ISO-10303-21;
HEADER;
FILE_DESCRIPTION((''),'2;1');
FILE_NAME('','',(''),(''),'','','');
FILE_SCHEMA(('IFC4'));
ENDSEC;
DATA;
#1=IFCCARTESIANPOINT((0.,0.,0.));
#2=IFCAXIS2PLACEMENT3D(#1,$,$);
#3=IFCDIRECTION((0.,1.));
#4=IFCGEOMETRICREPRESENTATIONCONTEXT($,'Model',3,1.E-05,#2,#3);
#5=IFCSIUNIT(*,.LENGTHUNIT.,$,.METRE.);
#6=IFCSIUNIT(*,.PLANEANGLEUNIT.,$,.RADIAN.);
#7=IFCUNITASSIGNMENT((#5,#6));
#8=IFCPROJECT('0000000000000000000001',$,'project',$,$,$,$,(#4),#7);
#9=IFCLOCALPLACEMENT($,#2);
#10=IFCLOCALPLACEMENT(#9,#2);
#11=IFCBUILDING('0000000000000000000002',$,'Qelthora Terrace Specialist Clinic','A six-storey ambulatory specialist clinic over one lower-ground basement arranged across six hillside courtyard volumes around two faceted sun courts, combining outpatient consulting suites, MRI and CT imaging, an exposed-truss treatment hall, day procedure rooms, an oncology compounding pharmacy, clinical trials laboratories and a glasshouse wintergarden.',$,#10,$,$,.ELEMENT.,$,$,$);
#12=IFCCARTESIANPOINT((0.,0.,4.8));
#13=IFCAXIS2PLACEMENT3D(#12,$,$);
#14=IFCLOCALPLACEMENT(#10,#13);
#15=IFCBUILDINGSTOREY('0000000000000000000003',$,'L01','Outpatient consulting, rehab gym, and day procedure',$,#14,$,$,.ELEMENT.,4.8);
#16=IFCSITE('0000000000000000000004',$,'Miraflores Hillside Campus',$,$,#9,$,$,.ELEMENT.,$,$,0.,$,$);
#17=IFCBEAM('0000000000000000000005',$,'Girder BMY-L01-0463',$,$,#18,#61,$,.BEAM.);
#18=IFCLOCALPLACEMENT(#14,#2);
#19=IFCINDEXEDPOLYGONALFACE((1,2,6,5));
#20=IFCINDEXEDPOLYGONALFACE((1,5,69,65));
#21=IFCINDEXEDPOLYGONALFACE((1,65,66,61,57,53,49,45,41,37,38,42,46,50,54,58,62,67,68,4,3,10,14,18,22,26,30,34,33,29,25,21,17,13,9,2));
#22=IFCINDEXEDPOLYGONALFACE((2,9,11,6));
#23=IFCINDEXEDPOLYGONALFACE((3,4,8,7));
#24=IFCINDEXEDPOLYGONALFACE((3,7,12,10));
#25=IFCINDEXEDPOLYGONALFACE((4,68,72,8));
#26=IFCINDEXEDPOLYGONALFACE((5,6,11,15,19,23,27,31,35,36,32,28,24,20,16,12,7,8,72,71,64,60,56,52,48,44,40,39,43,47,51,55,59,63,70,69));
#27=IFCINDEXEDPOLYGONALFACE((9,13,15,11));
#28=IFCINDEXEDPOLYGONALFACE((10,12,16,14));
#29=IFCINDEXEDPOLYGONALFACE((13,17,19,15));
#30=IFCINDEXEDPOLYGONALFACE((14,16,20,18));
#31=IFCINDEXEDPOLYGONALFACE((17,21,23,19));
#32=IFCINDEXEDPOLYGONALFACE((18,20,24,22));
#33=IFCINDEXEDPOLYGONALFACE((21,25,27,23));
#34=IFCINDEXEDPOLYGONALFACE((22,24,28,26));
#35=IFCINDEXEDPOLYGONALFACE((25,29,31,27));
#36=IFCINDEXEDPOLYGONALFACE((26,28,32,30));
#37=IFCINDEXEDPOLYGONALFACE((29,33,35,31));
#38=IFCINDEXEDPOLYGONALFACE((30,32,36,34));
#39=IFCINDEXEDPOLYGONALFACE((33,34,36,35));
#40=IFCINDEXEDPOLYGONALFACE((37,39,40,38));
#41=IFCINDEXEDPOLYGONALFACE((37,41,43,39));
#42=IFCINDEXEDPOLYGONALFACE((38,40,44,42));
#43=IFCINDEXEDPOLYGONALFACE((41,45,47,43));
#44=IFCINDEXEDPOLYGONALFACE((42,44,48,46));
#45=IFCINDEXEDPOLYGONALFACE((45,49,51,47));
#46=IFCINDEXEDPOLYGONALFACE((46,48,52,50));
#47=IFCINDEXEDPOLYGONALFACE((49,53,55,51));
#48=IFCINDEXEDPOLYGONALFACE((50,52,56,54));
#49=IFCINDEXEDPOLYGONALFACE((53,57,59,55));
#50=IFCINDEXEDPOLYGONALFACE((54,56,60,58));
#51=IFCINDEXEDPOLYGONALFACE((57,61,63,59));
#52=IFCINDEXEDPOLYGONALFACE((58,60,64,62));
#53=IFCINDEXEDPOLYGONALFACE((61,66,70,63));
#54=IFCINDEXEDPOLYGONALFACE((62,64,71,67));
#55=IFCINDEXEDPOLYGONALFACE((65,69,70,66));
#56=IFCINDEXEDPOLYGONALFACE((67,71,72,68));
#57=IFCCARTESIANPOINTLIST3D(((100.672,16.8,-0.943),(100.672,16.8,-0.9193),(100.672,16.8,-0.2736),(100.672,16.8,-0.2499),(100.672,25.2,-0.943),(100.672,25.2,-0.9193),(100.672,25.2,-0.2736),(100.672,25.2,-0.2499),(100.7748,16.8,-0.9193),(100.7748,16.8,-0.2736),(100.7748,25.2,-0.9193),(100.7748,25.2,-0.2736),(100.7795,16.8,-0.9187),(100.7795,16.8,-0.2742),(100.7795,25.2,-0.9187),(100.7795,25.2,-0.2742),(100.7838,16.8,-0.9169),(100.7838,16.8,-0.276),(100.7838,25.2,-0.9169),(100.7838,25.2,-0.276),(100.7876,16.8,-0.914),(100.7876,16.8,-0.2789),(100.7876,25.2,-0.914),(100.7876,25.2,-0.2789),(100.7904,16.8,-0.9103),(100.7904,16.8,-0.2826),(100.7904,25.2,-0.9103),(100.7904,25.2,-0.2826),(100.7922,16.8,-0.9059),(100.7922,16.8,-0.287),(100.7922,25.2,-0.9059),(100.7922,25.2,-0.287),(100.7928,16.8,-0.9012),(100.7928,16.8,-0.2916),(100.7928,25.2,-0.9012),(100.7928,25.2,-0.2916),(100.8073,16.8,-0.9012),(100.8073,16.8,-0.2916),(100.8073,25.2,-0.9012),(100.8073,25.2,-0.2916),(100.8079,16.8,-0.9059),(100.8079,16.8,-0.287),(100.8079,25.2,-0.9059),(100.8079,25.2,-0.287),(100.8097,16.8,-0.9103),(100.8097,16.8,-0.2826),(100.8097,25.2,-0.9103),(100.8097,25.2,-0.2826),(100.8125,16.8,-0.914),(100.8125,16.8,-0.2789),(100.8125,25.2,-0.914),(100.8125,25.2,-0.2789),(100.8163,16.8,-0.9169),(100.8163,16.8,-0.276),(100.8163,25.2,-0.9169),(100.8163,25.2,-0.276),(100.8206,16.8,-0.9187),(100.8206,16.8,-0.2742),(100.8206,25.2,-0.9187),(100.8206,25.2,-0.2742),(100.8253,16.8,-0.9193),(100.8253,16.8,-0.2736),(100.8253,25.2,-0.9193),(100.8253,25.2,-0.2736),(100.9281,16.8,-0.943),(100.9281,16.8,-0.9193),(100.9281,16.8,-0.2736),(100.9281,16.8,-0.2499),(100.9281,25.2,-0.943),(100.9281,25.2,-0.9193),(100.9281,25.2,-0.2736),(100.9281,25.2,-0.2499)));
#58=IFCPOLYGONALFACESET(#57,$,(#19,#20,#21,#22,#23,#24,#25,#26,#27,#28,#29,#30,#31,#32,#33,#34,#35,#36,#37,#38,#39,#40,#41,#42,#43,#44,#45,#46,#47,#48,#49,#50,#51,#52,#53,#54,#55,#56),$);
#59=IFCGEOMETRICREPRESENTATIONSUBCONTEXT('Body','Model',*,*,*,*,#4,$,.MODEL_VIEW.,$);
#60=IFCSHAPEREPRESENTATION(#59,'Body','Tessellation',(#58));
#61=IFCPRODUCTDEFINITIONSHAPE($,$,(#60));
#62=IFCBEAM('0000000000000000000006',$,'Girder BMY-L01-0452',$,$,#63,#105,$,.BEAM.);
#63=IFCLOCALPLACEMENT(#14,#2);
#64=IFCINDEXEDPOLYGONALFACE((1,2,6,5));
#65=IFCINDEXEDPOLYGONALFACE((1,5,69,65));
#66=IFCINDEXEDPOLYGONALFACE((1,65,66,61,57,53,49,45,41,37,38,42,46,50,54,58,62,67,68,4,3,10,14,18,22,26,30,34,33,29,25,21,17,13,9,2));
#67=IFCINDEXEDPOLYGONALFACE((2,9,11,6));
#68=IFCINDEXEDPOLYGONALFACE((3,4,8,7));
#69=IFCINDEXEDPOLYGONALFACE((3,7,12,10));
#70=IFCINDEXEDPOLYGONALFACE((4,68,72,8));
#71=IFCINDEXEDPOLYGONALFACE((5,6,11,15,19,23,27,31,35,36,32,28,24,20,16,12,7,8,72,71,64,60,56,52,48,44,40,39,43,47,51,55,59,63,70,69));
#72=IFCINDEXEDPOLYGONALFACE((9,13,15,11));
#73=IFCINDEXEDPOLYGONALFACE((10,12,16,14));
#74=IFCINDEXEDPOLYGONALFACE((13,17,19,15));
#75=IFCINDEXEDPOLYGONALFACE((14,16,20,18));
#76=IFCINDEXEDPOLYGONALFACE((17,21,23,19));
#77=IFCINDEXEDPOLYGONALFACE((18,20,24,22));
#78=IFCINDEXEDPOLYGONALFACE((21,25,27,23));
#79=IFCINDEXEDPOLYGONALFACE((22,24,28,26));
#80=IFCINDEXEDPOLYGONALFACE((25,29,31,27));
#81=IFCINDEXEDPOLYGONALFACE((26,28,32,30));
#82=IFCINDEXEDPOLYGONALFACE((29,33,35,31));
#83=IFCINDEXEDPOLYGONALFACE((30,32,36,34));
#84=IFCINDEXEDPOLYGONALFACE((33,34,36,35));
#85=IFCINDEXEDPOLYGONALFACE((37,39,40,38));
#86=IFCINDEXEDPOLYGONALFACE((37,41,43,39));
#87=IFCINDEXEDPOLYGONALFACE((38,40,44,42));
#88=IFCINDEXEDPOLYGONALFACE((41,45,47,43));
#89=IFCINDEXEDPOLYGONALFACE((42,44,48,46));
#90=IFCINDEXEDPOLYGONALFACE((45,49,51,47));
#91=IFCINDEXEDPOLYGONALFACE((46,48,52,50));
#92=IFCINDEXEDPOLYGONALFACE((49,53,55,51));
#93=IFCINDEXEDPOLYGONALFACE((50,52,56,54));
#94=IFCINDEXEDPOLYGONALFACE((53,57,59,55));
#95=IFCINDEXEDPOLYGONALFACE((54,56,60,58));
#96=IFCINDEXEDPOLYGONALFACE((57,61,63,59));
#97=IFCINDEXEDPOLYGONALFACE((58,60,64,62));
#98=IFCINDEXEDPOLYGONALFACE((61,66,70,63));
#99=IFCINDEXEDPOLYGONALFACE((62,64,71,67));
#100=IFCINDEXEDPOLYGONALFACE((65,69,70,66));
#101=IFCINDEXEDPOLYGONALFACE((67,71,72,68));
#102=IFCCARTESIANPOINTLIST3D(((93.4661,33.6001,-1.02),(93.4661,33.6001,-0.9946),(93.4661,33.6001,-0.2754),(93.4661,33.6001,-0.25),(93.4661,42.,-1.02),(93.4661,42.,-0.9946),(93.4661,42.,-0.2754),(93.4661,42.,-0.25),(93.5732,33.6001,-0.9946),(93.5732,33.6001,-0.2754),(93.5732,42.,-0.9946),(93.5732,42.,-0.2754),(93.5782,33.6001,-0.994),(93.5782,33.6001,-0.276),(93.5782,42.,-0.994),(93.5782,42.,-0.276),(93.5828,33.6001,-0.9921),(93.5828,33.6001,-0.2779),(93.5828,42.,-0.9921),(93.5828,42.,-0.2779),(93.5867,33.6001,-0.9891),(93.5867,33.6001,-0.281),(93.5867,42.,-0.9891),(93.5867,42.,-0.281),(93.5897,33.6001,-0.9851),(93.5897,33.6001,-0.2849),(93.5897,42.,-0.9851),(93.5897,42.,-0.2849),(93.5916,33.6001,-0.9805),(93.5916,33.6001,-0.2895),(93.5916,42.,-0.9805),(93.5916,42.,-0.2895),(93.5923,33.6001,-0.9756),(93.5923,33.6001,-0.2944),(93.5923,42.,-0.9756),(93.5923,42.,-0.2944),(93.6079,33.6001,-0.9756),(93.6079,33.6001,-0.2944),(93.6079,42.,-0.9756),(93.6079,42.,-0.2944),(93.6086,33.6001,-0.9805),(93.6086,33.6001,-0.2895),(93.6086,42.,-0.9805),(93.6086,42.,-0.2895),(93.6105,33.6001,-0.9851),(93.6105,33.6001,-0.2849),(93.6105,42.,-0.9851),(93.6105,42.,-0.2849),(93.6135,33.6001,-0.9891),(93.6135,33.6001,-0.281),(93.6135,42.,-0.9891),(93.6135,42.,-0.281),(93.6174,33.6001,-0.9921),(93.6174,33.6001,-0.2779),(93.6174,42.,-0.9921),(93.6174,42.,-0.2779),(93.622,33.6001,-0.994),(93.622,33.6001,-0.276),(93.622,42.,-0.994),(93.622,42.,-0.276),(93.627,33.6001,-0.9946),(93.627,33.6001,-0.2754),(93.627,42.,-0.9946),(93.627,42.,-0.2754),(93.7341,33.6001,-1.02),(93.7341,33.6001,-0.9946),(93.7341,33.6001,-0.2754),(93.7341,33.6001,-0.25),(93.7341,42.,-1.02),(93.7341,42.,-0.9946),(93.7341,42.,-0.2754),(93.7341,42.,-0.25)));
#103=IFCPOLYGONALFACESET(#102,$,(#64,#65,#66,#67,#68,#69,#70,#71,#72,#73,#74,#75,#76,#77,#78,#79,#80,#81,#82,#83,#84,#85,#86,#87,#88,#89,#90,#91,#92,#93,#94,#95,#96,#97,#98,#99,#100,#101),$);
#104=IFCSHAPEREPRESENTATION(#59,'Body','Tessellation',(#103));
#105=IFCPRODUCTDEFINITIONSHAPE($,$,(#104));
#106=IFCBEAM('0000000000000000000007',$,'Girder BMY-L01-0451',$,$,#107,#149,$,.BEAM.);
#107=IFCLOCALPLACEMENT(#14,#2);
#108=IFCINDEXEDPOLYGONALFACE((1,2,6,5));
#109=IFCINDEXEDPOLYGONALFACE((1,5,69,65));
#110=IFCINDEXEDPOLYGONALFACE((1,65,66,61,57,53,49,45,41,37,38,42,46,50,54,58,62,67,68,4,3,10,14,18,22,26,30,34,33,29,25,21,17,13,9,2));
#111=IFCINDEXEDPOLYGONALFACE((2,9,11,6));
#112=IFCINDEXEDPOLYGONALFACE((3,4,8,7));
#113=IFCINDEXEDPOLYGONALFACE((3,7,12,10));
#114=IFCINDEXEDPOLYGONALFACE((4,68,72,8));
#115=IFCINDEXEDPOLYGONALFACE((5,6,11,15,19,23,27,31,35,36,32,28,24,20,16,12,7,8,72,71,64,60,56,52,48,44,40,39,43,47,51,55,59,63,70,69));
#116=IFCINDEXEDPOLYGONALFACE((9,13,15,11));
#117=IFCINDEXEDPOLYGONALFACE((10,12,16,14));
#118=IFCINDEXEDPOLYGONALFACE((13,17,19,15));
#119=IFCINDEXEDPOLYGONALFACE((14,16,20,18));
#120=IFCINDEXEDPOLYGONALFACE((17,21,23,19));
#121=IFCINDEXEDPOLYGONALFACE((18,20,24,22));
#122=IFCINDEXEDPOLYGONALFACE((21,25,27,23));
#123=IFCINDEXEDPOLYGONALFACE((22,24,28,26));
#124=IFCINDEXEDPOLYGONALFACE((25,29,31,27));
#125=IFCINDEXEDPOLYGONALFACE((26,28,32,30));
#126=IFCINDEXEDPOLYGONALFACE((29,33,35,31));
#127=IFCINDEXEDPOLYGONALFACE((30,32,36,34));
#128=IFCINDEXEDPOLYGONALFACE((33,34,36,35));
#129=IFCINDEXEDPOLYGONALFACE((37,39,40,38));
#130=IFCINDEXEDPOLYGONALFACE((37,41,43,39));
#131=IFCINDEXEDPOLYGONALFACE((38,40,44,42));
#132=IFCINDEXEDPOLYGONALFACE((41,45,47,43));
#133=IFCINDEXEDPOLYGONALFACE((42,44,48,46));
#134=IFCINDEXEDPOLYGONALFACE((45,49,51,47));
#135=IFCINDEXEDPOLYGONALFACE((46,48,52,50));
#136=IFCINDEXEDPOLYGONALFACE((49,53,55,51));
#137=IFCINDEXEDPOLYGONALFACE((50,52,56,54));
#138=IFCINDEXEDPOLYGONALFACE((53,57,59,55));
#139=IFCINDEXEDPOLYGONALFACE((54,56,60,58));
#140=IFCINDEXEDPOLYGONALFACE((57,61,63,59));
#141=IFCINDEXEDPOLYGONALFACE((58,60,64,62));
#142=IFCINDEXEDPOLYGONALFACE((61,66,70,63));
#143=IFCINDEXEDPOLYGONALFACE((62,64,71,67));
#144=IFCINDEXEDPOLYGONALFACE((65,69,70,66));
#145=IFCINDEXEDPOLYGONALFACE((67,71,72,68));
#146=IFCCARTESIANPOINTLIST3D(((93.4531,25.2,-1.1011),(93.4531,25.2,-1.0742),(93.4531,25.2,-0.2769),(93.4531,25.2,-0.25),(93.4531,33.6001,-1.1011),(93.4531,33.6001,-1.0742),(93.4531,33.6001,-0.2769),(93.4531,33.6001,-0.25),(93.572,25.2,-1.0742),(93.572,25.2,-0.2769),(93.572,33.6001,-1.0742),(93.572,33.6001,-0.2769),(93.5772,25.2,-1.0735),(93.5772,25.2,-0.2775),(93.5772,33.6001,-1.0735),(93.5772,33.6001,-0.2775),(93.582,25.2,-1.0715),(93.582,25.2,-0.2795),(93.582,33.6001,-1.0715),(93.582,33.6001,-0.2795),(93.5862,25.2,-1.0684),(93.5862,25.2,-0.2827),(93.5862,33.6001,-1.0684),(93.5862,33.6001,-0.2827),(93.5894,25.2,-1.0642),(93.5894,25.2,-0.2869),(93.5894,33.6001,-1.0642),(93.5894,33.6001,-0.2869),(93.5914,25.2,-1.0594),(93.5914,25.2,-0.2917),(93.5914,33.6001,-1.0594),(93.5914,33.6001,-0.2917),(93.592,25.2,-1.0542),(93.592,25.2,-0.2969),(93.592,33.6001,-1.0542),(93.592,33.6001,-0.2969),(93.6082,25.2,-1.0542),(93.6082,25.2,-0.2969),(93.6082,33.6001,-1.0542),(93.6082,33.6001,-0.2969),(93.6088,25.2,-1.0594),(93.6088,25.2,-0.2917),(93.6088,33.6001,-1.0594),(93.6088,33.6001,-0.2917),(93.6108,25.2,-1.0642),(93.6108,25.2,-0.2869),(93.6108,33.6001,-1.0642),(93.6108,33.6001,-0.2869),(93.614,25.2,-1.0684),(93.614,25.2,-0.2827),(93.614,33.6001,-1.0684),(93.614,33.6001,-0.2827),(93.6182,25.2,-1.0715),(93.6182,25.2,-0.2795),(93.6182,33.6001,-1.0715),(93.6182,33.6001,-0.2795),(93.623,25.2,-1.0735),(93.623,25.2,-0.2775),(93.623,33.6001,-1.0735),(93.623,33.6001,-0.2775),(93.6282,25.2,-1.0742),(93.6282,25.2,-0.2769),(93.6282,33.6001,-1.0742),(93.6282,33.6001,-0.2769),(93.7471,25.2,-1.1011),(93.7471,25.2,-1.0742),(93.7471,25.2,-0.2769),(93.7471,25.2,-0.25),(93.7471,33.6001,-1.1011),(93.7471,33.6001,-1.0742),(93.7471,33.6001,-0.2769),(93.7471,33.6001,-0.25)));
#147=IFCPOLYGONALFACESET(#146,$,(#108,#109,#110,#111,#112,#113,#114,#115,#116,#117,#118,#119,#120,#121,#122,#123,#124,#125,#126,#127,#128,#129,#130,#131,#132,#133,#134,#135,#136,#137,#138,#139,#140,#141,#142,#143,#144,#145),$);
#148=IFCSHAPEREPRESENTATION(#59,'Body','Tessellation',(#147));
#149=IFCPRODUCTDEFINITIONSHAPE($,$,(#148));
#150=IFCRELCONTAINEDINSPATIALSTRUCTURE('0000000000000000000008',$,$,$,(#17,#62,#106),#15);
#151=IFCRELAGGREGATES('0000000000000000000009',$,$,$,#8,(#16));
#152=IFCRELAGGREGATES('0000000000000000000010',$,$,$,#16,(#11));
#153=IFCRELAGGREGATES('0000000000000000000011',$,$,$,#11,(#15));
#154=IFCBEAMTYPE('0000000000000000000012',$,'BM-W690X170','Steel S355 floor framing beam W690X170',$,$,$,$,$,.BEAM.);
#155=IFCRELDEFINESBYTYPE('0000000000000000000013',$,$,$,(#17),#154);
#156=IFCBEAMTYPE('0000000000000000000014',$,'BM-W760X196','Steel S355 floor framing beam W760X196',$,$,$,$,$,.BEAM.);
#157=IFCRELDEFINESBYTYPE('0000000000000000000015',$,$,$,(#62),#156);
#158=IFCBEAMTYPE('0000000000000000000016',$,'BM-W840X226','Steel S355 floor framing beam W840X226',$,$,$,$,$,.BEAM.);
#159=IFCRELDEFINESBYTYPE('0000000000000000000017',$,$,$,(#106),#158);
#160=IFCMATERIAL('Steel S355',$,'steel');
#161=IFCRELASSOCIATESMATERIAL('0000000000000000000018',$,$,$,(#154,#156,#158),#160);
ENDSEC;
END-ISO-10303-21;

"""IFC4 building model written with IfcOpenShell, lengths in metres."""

from ifc_helpers import new_model, si_unit, direction, frame, origin, origin_2d, place, context, subcontext, project, spatial, i_section, extrude, material, material_profile, profile_set, type_object, element, save


model = new_model("IFC4")

# Units and contexts
model_context = context("Model", 3, precision=1e-05, world=origin(), true_north=direction((0.0, 1.0)))
body_context = subcontext(model_context, "Body", "Model", "MODEL_VIEW")
ifc_project = project(units=[si_unit("LENGTHUNIT", "METRE"), si_unit("PLANEANGLEUNIT", "RADIAN")], contexts=[model_context])

# Site, building, storey
site_placement = place(None, origin())
site = spatial("IfcSite", under=ifc_project, at=site_placement, Name="Miraflores Hillside Campus", CompositionType="ELEMENT", RefElevation=0.0)
building_placement = place(site_placement, origin())
building = spatial("IfcBuilding", under=site, at=building_placement, Name="Qelthora Terrace Specialist Clinic", Description="A six-storey ambulatory specialist clinic over one lower-ground basement arranged across six hillside courtyard volumes around two faceted sun courts, combining outpatient consulting suites, MRI and CT imaging, an exposed-truss treatment hall, day procedure rooms, an oncology compounding pharmacy, clinical trials laboratories and a glasshouse wintergarden.", CompositionType="ELEMENT")
storey_placement = place(building_placement, frame((0.0, 0.0, 4.8)))
storey = spatial("IfcBuildingStorey", under=building, at=storey_placement, Name="L01", Description="Outpatient consulting, rehab gym, and day procedure", CompositionType="ELEMENT", Elevation=4.8)

# Shared definitions
ifc_material_1 = material(Name="Steel S355", Category="steel")

# Beams
ifc_material_profile_1 = material_profile(ifc_material_1, i_section(OverallWidth=0.2561, OverallDepth=0.6931, WebThickness=0.0144, FlangeThickness=0.0237, FilletRadius=0.0181, at=origin_2d()), Name="W690X170")
ifc_profile_set_1 = profile_set([ifc_material_profile_1], Name="Steel S355")
beam_type_1 = type_object("IfcBeamType", Name="BM-W690X170", Description="Steel S355 floor framing beam W690X170", PredefinedType="BEAM", material=ifc_profile_set_1)
beam_1_placement = place(storey_placement, frame((100.8, 16.8, -0.5964), z_axis=(0.0, 1.0, 0.0), x_axis=(-1.0, 0.0, 0.0)))
element("IfcBeam", 1, at=beam_1_placement, inside=storey, type_object=beam_type_1, Name="Girder BMY-L01-0463", PredefinedType="BEAM", context=body_context, shape_type="SweptSolid", body=[
    extrude(i_section(OverallWidth=0.2561, OverallDepth=0.6931, WebThickness=0.0144, FlangeThickness=0.0237, FilletRadius=0.0181, at=origin_2d()), origin(), (0.0, 0.0, 1.0), 8.3999),
])
ifc_material_profile_2 = material_profile(ifc_material_1, i_section(OverallWidth=0.2681, OverallDepth=0.77, WebThickness=0.0156, FlangeThickness=0.0254, FilletRadius=0.019, at=origin_2d()), Name="W760X196")
ifc_profile_set_2 = profile_set([ifc_material_profile_2], Name="Steel S355")
beam_type_2 = type_object("IfcBeamType", Name="BM-W760X196", Description="Steel S355 floor framing beam W760X196", PredefinedType="BEAM", material=ifc_profile_set_2)
beam_2_placement = place(storey_placement, frame((93.6001, 33.6001, -0.635), z_axis=(0.0, 1.0, 0.0), x_axis=(-1.0, 0.0, 0.0)))
element("IfcBeam", 2, at=beam_2_placement, inside=storey, type_object=beam_type_2, Name="Girder BMY-L01-0452", PredefinedType="BEAM", context=body_context, shape_type="SweptSolid", body=[
    extrude(i_section(OverallWidth=0.2681, OverallDepth=0.77, WebThickness=0.0156, FlangeThickness=0.0254, FilletRadius=0.019, at=origin_2d()), origin(), (0.0, 0.0, 1.0), 8.3999),
])
ifc_material_profile_3 = material_profile(ifc_material_1, i_section(OverallWidth=0.2939, OverallDepth=0.8511, WebThickness=0.0161, FlangeThickness=0.0269, FilletRadius=0.02, at=origin_2d()), Name="W840X226")
ifc_profile_set_3 = profile_set([ifc_material_profile_3], Name="Steel S355")
beam_type_3 = type_object("IfcBeamType", Name="BM-W840X226", Description="Steel S355 floor framing beam W840X226", PredefinedType="BEAM", material=ifc_profile_set_3)
beam_3_placement = place(storey_placement, frame((93.6001, 25.2, -0.6755), z_axis=(0.0, 1.0, 0.0), x_axis=(-1.0, 0.0, 0.0)))
element("IfcBeam", 3, at=beam_3_placement, inside=storey, type_object=beam_type_3, Name="Girder BMY-L01-0451", PredefinedType="BEAM", context=body_context, shape_type="SweptSolid", body=[
    extrude(i_section(OverallWidth=0.2939, OverallDepth=0.8511, WebThickness=0.0161, FlangeThickness=0.0269, FilletRadius=0.02, at=origin_2d()), origin(), (0.0, 0.0, 1.0), 8.4001),
])

save(model, "model.ifc")
